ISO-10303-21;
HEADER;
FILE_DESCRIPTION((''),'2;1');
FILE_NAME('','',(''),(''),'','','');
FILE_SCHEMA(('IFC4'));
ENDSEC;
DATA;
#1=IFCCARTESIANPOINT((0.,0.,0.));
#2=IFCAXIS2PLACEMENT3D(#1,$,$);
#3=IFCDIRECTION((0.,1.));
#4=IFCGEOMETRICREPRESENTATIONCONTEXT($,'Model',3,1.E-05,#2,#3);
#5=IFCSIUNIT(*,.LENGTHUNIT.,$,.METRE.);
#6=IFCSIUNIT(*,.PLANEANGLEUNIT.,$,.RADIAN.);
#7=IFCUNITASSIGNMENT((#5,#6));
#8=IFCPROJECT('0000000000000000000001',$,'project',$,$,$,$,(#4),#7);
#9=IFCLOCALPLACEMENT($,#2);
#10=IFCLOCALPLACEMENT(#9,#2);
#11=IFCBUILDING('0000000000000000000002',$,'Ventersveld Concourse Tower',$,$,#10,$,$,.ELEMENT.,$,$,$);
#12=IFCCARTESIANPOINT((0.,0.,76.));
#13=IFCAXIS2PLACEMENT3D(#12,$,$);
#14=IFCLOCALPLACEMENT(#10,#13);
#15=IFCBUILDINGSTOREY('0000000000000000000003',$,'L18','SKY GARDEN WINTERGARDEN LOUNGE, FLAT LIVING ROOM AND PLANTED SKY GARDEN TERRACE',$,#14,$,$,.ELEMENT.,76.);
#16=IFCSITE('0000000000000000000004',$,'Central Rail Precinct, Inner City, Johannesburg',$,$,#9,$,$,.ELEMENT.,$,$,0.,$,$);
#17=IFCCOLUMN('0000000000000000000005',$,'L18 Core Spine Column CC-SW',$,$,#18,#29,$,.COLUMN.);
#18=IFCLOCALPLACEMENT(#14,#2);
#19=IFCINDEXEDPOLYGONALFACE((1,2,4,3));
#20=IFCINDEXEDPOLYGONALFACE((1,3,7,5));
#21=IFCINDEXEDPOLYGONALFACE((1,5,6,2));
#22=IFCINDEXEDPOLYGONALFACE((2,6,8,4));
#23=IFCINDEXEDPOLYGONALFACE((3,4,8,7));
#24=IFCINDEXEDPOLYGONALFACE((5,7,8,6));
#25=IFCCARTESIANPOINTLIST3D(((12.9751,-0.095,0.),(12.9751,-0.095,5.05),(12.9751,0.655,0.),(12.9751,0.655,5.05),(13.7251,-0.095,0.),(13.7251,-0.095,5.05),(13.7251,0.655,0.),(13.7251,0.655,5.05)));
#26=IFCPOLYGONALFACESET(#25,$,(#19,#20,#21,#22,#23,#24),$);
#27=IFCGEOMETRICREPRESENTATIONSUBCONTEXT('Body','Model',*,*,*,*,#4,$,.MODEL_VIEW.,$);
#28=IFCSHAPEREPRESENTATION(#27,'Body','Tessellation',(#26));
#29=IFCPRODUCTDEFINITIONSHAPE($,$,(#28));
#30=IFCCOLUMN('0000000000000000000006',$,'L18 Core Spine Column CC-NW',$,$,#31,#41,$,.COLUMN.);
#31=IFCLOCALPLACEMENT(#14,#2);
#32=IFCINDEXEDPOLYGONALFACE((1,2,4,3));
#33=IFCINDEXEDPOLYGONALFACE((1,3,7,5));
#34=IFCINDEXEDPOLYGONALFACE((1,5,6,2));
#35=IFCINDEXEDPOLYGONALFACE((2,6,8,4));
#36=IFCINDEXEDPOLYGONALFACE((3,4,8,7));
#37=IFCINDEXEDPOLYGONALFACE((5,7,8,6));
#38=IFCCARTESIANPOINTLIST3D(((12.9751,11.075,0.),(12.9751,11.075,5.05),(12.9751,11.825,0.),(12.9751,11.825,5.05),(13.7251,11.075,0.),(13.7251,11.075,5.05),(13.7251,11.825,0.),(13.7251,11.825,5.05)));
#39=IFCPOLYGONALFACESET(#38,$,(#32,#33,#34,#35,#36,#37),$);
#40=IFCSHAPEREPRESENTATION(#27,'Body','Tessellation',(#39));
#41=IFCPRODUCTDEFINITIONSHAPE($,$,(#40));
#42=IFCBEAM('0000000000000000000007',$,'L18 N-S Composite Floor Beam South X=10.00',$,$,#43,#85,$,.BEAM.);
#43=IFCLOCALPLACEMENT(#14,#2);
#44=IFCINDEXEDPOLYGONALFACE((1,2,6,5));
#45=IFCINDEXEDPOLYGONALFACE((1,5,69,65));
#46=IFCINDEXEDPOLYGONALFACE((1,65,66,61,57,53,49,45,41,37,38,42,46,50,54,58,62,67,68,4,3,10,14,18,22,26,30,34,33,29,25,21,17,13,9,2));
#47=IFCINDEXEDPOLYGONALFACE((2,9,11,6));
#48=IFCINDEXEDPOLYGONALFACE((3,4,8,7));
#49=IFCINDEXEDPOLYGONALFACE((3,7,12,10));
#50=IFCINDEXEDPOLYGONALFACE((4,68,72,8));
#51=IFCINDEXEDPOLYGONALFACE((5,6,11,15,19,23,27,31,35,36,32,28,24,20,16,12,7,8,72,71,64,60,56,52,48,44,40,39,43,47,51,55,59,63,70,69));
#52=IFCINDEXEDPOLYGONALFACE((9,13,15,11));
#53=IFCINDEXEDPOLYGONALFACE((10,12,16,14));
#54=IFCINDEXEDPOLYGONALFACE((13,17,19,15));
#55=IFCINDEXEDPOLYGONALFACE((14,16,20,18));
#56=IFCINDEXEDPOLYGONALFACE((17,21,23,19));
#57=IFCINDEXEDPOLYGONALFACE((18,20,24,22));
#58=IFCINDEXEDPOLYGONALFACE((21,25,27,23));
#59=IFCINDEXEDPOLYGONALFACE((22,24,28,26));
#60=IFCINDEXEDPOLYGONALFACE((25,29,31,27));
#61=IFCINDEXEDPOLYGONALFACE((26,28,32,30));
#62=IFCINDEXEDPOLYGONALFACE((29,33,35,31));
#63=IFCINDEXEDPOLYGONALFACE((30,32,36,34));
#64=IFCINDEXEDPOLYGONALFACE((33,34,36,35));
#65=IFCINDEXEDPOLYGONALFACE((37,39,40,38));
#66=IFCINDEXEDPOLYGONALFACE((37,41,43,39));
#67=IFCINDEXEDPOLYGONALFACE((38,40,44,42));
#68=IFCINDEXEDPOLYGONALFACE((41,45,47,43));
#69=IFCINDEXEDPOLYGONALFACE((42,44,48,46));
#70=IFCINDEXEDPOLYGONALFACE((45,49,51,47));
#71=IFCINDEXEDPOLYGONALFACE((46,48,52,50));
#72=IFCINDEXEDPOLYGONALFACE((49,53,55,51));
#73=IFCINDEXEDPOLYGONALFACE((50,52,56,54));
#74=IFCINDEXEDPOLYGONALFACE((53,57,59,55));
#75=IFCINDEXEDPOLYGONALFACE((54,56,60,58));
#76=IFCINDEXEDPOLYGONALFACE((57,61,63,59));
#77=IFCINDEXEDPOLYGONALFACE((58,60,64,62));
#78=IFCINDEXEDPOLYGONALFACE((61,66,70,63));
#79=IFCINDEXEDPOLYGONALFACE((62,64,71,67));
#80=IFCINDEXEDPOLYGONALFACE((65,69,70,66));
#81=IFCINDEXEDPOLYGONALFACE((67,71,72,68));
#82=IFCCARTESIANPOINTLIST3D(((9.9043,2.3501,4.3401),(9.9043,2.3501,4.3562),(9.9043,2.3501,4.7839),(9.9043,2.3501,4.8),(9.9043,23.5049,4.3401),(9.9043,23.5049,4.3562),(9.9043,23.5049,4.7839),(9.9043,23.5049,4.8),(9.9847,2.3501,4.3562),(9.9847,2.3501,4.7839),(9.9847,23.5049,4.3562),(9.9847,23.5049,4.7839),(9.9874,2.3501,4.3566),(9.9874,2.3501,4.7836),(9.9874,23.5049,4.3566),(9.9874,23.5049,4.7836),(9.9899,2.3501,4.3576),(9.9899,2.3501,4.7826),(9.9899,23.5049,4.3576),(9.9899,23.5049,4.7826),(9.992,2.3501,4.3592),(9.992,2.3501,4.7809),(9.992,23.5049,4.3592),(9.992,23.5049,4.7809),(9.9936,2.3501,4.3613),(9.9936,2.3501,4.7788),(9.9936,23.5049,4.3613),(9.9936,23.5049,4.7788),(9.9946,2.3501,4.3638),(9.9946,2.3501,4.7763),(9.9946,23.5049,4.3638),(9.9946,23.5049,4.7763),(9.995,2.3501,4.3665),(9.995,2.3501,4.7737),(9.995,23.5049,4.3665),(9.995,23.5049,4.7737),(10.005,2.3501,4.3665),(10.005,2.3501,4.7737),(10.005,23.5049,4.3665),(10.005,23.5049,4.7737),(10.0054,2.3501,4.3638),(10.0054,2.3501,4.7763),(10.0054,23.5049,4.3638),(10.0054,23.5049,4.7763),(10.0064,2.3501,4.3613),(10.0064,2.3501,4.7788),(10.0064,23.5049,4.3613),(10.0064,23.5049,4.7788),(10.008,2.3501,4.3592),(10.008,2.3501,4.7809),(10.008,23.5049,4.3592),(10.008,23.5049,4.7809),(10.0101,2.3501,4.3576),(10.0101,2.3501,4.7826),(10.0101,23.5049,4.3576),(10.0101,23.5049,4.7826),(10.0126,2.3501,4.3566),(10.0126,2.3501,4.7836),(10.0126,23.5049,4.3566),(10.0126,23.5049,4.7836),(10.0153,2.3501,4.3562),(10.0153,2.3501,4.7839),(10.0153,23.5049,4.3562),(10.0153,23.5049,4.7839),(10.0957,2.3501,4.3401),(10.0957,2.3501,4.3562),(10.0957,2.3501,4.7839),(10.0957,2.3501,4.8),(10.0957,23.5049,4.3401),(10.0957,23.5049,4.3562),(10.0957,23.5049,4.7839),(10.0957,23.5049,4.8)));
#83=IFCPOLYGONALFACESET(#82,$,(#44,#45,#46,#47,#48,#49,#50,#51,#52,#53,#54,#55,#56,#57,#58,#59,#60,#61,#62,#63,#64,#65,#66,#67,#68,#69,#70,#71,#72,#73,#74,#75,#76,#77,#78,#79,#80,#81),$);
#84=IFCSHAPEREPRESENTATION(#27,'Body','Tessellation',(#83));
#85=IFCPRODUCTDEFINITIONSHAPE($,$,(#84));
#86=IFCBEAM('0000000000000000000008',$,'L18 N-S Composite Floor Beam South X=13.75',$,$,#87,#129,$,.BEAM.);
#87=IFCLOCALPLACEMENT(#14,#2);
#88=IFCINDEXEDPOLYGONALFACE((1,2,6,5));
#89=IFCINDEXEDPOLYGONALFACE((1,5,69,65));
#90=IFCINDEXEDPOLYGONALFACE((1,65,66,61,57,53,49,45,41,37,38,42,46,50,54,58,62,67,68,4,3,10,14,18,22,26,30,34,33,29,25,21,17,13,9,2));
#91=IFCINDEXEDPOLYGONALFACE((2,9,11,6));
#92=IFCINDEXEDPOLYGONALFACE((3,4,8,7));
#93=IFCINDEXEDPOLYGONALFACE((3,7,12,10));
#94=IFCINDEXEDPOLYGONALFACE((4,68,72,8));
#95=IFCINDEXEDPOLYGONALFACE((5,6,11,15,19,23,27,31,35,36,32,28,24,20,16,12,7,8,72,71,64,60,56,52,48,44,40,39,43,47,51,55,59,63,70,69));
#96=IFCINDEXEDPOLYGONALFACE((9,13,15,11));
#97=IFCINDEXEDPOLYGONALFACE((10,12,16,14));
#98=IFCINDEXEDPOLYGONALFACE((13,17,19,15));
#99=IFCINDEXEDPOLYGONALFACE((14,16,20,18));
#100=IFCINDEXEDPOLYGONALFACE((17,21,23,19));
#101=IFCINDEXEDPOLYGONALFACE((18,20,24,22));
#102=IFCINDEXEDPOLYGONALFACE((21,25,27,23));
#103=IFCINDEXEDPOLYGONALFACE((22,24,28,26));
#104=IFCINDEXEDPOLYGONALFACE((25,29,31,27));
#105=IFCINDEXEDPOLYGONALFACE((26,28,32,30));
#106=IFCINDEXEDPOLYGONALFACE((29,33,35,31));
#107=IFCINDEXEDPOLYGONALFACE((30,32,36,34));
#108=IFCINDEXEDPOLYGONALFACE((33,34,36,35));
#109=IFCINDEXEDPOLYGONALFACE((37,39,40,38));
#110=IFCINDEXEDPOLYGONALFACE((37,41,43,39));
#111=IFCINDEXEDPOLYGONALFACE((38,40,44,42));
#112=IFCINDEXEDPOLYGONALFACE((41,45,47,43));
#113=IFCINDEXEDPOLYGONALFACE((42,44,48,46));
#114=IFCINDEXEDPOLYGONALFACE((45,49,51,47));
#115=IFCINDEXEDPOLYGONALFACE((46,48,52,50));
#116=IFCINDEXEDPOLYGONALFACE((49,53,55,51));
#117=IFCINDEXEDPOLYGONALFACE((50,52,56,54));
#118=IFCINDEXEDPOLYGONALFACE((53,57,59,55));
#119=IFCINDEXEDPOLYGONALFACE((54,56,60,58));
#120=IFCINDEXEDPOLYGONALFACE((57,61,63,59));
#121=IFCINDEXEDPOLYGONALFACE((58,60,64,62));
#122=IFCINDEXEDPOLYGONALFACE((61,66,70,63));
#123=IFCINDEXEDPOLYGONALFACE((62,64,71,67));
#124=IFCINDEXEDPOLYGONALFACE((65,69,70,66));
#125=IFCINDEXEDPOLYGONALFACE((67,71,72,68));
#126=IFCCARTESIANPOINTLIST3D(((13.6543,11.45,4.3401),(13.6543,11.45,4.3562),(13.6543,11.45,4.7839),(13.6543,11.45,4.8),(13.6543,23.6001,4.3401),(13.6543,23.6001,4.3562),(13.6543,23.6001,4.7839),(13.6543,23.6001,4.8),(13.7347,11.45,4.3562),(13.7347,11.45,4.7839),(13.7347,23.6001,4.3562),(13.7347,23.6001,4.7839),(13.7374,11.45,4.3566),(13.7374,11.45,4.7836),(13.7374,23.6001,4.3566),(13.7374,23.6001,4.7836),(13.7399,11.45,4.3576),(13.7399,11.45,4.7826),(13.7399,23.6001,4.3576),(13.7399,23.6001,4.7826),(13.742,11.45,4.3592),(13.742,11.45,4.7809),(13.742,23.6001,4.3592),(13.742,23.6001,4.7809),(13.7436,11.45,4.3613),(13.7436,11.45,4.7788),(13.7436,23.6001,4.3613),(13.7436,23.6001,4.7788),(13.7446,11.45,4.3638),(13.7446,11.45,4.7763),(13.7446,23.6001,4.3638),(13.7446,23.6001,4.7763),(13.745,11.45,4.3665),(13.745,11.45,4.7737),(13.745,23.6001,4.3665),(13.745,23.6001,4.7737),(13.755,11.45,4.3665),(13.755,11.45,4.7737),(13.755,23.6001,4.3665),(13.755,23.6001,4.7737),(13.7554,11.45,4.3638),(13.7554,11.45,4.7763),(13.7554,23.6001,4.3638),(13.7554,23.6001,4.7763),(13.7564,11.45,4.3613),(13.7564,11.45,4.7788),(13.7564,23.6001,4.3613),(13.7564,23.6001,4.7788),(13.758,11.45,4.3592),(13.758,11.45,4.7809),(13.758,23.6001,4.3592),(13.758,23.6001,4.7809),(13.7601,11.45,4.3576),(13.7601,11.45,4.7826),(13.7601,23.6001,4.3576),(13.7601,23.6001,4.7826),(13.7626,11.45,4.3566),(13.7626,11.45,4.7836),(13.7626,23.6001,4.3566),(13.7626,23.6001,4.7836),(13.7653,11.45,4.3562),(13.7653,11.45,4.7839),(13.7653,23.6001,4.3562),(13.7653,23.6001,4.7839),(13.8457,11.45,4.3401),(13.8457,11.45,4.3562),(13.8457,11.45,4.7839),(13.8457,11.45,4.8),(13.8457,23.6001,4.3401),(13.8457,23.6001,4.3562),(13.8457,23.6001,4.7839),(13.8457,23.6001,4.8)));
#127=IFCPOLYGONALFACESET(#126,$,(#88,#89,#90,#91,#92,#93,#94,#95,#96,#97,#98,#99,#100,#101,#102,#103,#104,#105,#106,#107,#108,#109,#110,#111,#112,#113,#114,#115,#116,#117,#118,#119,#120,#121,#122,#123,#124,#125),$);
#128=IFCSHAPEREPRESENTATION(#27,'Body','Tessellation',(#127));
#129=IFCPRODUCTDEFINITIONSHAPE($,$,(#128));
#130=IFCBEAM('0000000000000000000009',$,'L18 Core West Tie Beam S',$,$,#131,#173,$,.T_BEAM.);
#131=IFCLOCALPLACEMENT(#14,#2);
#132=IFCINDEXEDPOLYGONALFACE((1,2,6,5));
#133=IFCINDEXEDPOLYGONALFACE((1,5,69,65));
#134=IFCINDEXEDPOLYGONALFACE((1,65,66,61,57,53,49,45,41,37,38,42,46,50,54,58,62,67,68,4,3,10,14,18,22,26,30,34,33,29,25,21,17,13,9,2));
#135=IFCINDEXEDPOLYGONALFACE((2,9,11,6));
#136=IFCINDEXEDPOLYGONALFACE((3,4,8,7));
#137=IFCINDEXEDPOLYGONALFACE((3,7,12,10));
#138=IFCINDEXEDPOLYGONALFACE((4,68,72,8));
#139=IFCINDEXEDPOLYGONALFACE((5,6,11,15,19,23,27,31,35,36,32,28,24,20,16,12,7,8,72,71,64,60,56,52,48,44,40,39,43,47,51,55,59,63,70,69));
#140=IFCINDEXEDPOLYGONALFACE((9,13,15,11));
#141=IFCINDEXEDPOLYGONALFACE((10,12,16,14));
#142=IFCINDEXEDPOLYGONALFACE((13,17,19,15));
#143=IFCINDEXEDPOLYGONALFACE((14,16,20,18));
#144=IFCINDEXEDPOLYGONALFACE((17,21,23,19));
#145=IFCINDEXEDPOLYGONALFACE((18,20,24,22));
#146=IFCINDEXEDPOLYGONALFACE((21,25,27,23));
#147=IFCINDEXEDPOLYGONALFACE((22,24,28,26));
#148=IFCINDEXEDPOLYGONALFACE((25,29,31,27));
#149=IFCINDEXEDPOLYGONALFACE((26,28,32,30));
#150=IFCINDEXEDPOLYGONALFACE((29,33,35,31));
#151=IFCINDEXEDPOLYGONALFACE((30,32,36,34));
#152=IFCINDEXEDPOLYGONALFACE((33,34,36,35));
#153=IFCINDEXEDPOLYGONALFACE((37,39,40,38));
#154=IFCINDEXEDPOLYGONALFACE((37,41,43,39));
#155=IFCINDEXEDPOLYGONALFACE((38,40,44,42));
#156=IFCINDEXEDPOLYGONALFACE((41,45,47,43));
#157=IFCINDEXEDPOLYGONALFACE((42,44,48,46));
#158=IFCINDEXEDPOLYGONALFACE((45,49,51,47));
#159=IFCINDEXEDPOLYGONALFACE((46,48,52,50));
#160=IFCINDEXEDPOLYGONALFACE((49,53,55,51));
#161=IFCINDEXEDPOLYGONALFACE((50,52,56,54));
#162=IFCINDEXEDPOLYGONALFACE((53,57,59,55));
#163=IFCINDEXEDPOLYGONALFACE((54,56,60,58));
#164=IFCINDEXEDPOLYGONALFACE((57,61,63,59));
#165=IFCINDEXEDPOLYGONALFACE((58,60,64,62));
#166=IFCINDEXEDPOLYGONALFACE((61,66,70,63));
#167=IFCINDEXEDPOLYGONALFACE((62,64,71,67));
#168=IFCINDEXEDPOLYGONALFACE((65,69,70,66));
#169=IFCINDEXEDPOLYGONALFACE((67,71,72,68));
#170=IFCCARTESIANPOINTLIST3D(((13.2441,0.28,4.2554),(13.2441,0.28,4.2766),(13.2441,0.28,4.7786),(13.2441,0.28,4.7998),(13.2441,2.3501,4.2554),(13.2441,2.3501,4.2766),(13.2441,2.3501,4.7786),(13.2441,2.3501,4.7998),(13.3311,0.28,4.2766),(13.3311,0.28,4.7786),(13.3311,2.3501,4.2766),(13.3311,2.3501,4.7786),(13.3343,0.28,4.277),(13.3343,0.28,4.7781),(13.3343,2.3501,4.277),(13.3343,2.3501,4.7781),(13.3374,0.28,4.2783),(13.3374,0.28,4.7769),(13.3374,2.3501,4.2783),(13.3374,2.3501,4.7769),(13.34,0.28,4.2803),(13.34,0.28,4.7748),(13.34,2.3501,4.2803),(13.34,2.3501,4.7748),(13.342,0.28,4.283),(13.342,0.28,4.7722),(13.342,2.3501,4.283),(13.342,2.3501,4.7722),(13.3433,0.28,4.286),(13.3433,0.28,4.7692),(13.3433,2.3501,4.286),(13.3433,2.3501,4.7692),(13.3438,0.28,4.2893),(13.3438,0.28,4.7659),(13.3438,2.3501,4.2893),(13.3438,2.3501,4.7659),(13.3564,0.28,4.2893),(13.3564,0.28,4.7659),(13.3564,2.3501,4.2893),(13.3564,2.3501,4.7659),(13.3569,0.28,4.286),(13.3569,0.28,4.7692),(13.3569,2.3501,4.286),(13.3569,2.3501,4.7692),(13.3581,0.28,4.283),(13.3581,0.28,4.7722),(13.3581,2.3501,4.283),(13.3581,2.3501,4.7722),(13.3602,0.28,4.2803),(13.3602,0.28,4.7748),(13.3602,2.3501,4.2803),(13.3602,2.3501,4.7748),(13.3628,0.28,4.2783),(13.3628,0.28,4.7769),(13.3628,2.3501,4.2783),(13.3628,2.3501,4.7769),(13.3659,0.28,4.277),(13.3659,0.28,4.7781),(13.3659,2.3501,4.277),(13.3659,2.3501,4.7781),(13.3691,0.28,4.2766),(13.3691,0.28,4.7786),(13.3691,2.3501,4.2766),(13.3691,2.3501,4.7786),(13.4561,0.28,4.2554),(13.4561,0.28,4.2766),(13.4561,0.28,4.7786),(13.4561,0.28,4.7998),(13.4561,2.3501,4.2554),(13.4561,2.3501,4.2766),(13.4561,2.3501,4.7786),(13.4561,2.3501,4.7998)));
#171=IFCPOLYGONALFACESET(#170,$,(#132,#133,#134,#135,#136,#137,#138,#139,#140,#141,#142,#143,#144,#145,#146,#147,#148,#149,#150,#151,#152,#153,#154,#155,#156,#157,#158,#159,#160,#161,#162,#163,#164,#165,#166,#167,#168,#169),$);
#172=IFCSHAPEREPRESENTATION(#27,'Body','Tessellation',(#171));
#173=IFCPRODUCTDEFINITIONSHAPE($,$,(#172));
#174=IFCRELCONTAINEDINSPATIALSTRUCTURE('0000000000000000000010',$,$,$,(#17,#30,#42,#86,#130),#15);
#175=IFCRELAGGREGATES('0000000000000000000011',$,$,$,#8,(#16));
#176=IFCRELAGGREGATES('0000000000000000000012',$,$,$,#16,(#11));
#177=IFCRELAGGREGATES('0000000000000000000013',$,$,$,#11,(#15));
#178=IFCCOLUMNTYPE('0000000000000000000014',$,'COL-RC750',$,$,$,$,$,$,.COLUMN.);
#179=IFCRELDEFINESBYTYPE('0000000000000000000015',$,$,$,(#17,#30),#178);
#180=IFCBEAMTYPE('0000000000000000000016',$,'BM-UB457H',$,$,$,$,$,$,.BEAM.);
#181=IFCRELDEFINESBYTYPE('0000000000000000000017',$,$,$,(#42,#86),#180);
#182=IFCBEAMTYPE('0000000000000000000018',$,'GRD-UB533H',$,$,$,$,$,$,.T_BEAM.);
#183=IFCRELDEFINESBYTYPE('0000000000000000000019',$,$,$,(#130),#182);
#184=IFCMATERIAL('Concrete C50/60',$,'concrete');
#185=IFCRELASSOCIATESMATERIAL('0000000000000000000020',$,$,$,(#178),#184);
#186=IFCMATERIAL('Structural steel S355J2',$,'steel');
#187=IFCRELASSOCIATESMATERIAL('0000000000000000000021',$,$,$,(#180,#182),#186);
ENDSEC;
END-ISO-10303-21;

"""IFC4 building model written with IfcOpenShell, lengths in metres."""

from ifc_helpers import new_model, si_unit, direction, frame, origin, origin_2d, place, context, subcontext, project, spatial, rectangle, i_section, extrude, material, material_profile, profile_set, type_object, element, save


model = new_model("IFC4")

# Units and contexts
model_context = context("Model", 3, precision=1e-05, world=origin(), true_north=direction((0.0, 1.0)))
body_context = subcontext(model_context, "Body", "Model", "MODEL_VIEW")
ifc_project = project(units=[si_unit("LENGTHUNIT", "METRE"), si_unit("PLANEANGLEUNIT", "RADIAN")], contexts=[model_context])

# Site, building, storey
site_placement = place(None, origin())
site = spatial("IfcSite", under=ifc_project, at=site_placement, Name="Central Rail Precinct, Inner City, Johannesburg", CompositionType="ELEMENT", RefElevation=0.0)
building_placement = place(site_placement, origin())
building = spatial("IfcBuilding", under=site, at=building_placement, Name="Ventersveld Concourse Tower", CompositionType="ELEMENT")
storey_placement = place(building_placement, frame((0.0, 0.0, 76.0)))
storey = spatial("IfcBuildingStorey", under=building, at=storey_placement, Name="L18", Description="SKY GARDEN WINTERGARDEN LOUNGE, FLAT LIVING ROOM AND PLANTED SKY GARDEN TERRACE", CompositionType="ELEMENT", Elevation=76.0)

# Columns
ifc_material_1 = material(Name="Concrete C50/60", Category="concrete")
ifc_material_profile_1 = material_profile(ifc_material_1, rectangle(XDim=0.75, YDim=0.75, at=origin_2d()), Name="RC 750x750")
ifc_profile_set_1 = profile_set([ifc_material_profile_1], Name="Concrete C50/60")
column_type = type_object("IfcColumnType", Name="COL-RC750", PredefinedType="COLUMN", material=ifc_profile_set_1)
for number, where, z_axis, x_axis, name in (
    (1, (13.3501, 0.28, 0.0), (0.0, 0.0, 1.0), (1.0, 0.0, 0.0), "L18 Core Spine Column CC-SW"),
    (2, (13.3501, 11.45, 0.0), (0.0, 0.0, 1.0), (1.0, 0.0, 0.0), "L18 Core Spine Column CC-NW"),
):
    element("IfcColumn", number, at=place(storey_placement, frame(where, z_axis=z_axis, x_axis=x_axis)), inside=storey, type_object=column_type, Name=name, PredefinedType="COLUMN", context=body_context, shape_type="SweptSolid", body=[
        extrude(rectangle(XDim=0.75, YDim=0.75, at=origin_2d()), origin(), (0.0, 0.0, 1.0), 5.05),
    ])

# Beams
ifc_material_2 = material(Name="Structural steel S355J2", Category="steel")
ifc_material_profile_2 = material_profile(ifc_material_2, i_section(OverallWidth=0.1914, OverallDepth=0.46, WebThickness=0.01, FlangeThickness=0.0161, FilletRadius=0.0103, at=origin_2d()), Name="UB 457x191x82")
ifc_profile_set_2 = profile_set([ifc_material_profile_2], Name="Structural steel S355J2")
beam_type_1 = type_object("IfcBeamType", Name="BM-UB457H", PredefinedType="BEAM", material=ifc_profile_set_2)
beam_1_placement = place(storey_placement, frame((10.0, 2.3501, 4.5701), z_axis=(0.0, 1.0, 0.0), x_axis=(-1.0, 0.0, 0.0)))
element("IfcBeam", 3, at=beam_1_placement, inside=storey, type_object=beam_type_1, Name="L18 N-S Composite Floor Beam South X=10.00", PredefinedType="BEAM", context=body_context, shape_type="SweptSolid", body=[
    extrude(i_section(OverallWidth=0.1914, OverallDepth=0.46, WebThickness=0.01, FlangeThickness=0.0161, FilletRadius=0.0103, at=origin_2d()), origin(), (0.0, 0.0, 1.0), 21.1548),
])
beam_2_placement = place(storey_placement, frame((13.75, 11.45, 4.5701), z_axis=(0.0, 1.0, 0.0), x_axis=(-1.0, 0.0, 0.0)))
element("IfcBeam", 4, at=beam_2_placement, inside=storey, type_object=beam_type_1, Name="L18 N-S Composite Floor Beam South X=13.75", PredefinedType="BEAM", context=body_context, shape_type="SweptSolid", body=[
    extrude(i_section(OverallWidth=0.1914, OverallDepth=0.46, WebThickness=0.01, FlangeThickness=0.0161, FilletRadius=0.0103, at=origin_2d()), origin(), (0.0, 0.0, 1.0), 12.1501),
])
ifc_material_profile_3 = material_profile(ifc_material_2, i_section(OverallWidth=0.2119, OverallDepth=0.5444, WebThickness=0.0127, FlangeThickness=0.0212, FilletRadius=0.0127, at=origin_2d()), Name="UB 533x210x122")
ifc_profile_set_3 = profile_set([ifc_material_profile_3], Name="Structural steel S355J2")
beam_type_2 = type_object("IfcBeamType", Name="GRD-UB533H", PredefinedType="T_BEAM", material=ifc_profile_set_3)
beam_3_placement = place(storey_placement, frame((13.3501, 0.28, 4.5276), z_axis=(0.0, 1.0, 0.0), x_axis=(-1.0, 0.0, 0.0)))
element("IfcBeam", 5, at=beam_3_placement, inside=storey, type_object=beam_type_2, Name="L18 Core West Tie Beam S", PredefinedType="T_BEAM", context=body_context, shape_type="SweptSolid", body=[
    extrude(i_section(OverallWidth=0.2119, OverallDepth=0.5444, WebThickness=0.0127, FlangeThickness=0.0212, FilletRadius=0.0127, at=origin_2d()), origin(), (0.0, 0.0, 1.0), 2.0701),
])

save(model, "model.ifc")
